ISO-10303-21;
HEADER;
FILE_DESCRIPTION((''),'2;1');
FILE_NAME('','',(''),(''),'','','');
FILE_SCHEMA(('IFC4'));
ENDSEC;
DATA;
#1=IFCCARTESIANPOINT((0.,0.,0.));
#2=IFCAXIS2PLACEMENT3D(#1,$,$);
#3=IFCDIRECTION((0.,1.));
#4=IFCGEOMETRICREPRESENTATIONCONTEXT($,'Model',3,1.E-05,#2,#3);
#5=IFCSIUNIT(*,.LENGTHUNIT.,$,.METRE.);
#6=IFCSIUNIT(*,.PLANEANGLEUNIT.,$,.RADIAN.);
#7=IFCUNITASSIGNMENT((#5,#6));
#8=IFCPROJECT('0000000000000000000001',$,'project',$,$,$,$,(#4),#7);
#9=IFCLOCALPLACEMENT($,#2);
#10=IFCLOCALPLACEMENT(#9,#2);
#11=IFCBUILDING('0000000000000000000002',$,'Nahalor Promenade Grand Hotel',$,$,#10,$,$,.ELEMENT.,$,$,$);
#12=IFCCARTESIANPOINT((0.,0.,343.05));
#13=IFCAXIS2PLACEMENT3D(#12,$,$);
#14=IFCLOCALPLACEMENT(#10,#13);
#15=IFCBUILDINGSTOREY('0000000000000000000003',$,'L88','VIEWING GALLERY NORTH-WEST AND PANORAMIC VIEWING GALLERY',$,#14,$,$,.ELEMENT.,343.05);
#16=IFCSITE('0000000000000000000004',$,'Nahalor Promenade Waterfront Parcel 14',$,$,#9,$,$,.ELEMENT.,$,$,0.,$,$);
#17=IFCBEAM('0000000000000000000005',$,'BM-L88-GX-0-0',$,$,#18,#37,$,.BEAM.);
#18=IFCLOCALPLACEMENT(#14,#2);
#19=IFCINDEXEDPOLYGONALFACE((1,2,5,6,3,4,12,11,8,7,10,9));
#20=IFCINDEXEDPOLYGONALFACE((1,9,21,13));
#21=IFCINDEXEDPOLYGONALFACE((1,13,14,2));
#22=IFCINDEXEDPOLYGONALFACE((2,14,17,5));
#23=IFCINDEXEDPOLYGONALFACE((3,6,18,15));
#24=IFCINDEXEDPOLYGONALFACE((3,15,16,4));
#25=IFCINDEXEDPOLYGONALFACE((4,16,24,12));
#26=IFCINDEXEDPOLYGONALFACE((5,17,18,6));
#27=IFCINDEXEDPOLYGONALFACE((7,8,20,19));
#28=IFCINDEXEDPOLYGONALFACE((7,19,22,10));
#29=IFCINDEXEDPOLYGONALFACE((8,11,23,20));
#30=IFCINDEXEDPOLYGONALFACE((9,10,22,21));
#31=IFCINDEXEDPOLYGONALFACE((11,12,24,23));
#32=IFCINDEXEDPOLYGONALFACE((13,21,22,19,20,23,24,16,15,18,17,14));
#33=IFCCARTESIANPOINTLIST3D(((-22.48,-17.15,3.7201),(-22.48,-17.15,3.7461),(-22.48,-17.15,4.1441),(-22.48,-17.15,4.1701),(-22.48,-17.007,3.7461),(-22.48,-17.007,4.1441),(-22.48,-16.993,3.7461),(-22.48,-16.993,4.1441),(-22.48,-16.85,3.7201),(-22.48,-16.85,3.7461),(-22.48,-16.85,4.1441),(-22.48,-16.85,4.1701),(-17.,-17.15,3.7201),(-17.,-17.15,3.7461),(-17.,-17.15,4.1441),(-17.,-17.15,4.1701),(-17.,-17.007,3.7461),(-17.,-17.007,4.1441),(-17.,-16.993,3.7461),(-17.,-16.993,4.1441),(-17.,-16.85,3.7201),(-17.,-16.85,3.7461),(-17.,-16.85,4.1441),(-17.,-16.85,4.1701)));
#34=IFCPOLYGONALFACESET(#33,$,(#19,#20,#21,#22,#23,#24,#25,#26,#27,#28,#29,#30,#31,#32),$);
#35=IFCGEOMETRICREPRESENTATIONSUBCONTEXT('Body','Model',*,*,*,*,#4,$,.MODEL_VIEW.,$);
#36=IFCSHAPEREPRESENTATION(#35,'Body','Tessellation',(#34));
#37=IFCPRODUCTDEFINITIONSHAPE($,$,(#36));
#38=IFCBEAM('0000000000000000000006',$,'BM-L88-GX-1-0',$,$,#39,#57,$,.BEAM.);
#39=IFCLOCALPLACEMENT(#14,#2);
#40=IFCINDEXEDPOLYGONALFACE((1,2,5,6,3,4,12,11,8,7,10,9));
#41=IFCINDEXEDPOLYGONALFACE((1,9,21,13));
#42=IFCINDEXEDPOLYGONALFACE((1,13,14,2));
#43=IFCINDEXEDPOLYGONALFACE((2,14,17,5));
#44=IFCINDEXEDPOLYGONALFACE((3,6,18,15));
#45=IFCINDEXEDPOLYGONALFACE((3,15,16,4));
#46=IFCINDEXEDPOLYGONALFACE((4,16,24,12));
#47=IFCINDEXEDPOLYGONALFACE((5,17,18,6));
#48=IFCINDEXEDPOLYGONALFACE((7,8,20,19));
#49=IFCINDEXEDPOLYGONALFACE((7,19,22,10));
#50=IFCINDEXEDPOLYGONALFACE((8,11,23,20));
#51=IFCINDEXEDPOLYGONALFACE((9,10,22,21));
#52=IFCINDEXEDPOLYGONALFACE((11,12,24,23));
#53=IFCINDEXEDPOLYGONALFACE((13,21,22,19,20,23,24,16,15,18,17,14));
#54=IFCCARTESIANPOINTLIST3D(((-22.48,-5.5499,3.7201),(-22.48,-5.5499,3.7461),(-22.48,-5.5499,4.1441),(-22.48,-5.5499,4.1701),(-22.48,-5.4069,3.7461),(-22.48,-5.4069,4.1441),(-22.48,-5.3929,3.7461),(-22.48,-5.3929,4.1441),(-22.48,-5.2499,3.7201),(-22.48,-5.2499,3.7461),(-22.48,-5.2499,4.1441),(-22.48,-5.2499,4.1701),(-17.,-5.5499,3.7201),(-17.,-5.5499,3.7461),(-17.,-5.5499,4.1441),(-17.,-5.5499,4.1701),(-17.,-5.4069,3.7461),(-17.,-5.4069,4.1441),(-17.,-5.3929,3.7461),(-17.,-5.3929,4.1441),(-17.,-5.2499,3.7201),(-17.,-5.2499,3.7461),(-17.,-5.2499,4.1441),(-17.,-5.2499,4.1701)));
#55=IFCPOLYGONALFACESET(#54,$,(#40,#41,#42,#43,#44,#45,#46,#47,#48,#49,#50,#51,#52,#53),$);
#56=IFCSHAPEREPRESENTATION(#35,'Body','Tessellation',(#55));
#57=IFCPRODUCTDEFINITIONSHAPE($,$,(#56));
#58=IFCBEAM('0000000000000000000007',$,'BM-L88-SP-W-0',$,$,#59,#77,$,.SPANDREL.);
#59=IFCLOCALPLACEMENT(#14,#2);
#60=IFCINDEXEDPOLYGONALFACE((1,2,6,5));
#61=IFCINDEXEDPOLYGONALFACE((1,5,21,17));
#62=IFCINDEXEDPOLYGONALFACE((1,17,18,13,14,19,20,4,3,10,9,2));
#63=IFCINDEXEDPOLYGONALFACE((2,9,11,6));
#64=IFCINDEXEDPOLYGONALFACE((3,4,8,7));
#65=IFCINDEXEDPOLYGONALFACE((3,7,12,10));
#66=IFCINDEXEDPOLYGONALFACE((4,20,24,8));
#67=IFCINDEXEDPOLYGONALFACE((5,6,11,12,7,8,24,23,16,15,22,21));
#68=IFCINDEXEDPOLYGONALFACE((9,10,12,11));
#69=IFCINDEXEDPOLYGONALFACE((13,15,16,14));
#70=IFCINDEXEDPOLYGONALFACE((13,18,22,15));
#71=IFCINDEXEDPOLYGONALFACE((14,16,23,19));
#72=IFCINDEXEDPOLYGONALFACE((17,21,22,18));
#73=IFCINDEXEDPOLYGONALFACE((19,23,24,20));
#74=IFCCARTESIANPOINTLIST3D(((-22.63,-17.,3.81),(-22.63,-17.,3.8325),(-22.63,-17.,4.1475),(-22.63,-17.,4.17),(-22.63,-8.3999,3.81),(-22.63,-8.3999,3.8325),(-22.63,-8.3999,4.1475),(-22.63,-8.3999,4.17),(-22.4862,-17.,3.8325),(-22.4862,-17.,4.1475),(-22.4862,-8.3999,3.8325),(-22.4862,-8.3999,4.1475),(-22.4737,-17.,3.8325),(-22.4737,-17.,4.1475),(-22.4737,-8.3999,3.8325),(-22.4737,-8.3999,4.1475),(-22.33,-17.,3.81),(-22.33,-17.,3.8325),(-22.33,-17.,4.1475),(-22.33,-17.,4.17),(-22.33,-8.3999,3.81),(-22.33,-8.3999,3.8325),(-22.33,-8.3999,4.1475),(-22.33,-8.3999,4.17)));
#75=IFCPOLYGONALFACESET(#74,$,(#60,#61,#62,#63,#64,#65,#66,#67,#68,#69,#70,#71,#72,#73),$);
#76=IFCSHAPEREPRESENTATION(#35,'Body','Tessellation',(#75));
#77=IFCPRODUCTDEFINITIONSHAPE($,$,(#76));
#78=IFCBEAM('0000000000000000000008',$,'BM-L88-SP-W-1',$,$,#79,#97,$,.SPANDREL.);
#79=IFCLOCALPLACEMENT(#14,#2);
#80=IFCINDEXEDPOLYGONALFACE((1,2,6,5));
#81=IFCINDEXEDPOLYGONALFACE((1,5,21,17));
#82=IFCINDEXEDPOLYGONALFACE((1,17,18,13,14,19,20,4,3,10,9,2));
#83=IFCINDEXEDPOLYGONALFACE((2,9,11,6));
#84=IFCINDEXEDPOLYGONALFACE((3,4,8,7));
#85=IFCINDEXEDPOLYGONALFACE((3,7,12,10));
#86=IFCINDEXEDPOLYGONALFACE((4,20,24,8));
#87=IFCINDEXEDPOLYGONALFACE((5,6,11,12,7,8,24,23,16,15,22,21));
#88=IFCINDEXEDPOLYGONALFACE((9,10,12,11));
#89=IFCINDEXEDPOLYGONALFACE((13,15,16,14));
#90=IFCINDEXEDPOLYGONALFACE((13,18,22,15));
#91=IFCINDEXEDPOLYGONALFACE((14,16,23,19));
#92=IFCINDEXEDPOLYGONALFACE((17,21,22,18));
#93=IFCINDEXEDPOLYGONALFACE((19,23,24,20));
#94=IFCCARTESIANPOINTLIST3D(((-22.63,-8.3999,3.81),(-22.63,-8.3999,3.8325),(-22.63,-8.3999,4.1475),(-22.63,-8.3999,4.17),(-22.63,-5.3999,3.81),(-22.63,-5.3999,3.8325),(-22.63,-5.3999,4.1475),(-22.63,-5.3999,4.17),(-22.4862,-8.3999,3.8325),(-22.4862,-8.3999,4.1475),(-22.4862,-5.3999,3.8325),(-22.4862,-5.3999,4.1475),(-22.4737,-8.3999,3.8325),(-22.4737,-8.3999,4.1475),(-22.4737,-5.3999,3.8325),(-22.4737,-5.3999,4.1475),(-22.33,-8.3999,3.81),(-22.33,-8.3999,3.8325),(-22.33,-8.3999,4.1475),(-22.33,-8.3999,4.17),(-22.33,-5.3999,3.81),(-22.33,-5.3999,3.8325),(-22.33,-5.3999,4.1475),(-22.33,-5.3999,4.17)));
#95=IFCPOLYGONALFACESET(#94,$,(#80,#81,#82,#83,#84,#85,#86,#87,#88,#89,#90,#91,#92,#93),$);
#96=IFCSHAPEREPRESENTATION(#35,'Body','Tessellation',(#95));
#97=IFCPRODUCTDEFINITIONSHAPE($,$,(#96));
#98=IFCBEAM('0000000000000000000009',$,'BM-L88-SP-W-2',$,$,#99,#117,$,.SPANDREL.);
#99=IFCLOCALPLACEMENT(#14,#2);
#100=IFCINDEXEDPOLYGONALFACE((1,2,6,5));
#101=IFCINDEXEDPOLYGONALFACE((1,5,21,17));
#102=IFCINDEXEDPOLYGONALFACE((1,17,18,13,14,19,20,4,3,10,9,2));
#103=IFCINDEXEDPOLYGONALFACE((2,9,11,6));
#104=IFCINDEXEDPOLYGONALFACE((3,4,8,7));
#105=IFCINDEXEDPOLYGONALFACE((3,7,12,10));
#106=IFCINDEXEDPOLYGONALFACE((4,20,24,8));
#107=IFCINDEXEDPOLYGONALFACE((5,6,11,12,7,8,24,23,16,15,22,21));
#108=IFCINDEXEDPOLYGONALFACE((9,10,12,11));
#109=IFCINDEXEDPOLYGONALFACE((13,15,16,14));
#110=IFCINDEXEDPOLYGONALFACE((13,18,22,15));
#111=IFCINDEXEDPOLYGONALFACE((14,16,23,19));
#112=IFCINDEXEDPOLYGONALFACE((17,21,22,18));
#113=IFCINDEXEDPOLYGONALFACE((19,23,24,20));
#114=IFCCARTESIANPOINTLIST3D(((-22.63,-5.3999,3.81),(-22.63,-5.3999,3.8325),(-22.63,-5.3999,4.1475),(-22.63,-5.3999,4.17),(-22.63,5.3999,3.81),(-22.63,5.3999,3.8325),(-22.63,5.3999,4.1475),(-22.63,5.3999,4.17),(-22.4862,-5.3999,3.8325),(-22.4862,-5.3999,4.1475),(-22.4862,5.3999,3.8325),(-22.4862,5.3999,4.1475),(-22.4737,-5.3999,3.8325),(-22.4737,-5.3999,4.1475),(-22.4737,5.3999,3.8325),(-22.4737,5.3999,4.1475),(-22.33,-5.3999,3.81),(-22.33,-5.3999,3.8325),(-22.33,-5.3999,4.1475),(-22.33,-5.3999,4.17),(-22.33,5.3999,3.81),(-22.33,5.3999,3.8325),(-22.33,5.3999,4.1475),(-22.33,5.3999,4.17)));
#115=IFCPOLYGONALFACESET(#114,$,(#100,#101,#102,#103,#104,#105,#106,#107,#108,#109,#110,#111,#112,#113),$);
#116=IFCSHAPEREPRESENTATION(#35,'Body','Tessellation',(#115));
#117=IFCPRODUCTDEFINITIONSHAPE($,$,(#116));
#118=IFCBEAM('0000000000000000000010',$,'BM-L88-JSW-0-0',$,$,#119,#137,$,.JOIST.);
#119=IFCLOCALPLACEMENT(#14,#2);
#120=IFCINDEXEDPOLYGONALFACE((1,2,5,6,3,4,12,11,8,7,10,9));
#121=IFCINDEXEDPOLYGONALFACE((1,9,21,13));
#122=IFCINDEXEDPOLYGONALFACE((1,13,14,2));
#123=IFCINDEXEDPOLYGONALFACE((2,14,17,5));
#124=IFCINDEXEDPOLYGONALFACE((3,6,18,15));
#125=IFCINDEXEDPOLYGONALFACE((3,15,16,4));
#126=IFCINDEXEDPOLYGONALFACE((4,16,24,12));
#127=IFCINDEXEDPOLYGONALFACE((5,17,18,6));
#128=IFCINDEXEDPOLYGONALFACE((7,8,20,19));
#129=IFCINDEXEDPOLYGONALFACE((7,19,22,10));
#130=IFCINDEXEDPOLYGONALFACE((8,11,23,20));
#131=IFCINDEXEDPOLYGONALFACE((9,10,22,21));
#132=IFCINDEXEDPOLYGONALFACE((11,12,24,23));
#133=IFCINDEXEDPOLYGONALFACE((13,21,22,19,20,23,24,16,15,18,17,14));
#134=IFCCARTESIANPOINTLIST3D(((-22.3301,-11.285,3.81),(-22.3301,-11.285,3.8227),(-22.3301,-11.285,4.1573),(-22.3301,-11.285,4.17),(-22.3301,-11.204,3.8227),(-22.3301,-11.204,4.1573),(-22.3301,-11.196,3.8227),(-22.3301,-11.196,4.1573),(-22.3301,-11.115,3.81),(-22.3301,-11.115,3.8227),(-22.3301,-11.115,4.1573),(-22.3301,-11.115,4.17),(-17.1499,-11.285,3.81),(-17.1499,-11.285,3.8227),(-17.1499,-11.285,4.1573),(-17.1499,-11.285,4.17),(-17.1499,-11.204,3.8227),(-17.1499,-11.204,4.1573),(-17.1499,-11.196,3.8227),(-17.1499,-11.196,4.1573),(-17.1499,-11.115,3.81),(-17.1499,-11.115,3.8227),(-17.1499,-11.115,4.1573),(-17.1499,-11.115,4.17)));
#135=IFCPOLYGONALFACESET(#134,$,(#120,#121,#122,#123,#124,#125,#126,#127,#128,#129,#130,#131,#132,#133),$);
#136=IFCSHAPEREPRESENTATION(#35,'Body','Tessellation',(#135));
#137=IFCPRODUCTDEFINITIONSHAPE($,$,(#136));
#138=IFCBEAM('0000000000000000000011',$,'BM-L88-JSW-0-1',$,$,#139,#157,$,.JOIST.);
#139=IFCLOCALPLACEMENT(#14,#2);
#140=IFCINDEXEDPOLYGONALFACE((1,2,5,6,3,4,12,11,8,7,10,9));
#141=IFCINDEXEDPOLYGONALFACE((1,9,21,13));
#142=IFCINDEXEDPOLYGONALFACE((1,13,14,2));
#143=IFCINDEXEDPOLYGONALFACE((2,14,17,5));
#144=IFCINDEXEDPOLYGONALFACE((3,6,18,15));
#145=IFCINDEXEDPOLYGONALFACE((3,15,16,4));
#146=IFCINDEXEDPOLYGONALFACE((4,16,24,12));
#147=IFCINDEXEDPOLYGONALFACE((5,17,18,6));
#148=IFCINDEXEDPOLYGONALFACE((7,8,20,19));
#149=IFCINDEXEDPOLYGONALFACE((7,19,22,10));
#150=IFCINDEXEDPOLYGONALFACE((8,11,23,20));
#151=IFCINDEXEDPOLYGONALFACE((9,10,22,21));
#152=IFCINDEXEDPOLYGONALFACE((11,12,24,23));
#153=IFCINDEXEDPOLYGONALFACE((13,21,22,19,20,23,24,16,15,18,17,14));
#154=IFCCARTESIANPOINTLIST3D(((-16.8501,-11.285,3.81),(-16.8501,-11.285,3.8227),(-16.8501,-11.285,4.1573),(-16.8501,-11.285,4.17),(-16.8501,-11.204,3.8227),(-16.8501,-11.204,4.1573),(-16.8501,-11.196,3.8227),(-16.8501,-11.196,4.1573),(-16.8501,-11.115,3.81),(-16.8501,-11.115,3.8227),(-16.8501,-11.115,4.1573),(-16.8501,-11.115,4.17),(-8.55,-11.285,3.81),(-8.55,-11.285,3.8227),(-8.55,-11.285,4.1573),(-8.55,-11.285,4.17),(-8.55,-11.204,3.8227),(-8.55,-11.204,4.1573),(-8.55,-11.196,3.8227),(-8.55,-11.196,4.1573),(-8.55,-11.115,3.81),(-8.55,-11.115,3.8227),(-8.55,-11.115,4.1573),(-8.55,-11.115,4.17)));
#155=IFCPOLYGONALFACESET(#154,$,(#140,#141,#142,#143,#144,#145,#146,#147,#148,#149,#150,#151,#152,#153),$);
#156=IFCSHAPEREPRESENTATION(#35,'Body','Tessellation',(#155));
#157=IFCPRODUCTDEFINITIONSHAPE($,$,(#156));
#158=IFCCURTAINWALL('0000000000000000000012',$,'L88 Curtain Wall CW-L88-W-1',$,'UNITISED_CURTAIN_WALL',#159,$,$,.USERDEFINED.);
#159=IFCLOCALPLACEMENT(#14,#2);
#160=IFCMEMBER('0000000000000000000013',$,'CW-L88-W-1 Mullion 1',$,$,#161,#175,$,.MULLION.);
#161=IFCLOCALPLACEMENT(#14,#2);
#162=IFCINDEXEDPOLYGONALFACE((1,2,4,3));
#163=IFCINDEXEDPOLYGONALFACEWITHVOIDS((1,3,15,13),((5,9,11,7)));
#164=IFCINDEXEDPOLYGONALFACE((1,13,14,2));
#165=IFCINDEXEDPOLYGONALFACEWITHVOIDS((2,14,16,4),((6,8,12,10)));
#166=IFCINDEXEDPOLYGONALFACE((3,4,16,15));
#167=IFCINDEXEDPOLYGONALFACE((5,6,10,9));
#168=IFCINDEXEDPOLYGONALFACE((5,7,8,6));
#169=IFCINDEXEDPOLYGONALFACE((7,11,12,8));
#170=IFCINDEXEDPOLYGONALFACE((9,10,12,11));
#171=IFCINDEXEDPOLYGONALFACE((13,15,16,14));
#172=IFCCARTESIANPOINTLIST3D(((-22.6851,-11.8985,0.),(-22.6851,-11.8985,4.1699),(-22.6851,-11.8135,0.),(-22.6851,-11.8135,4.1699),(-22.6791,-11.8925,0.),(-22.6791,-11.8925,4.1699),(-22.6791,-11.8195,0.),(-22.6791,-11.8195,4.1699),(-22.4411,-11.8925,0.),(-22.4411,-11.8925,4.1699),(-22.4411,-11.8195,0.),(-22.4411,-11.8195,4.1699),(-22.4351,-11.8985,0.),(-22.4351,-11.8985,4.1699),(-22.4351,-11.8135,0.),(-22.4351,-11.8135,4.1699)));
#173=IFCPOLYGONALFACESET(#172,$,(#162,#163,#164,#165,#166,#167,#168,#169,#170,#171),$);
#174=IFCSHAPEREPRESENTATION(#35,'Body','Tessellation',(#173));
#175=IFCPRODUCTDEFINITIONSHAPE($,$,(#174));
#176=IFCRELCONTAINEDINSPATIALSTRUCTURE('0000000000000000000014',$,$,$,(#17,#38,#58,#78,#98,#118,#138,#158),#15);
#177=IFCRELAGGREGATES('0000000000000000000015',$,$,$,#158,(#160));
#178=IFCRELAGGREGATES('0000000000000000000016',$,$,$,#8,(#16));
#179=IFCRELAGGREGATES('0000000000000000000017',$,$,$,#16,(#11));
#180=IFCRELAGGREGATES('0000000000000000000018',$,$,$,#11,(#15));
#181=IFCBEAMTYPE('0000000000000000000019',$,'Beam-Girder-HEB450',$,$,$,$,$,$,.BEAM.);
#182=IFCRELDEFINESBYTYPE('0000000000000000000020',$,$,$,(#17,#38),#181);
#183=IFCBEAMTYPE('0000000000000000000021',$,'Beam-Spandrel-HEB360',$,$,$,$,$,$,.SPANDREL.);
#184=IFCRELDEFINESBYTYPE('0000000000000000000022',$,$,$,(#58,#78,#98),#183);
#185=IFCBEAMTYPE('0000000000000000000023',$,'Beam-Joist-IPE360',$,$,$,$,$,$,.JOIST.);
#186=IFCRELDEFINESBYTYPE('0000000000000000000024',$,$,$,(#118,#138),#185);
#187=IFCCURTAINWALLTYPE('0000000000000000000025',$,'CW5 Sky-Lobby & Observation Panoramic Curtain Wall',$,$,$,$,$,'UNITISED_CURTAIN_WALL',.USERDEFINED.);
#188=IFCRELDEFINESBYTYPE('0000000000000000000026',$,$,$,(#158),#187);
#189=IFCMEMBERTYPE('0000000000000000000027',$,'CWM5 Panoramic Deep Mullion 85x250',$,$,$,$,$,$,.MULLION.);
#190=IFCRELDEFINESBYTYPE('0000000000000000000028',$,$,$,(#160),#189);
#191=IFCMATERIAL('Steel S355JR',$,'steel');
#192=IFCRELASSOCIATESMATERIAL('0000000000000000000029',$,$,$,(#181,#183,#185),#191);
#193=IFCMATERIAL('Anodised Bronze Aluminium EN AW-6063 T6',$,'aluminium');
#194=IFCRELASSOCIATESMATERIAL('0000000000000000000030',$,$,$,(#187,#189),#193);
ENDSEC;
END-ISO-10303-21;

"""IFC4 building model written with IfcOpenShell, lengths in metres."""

from ifc_helpers import new_model, si_unit, direction, frame, origin, origin_2d, place, context, subcontext, project, spatial, hollow_rectangle, i_section, extrude, source, transform, mapped, material, material_profile, profile_set, type_object, element, aggregate, save


model = new_model("IFC4")

# Units and contexts
model_context = context("Model", 3, precision=1e-05, world=origin(), true_north=direction((0.0, 1.0)))
body_context = subcontext(model_context, "Body", "Model", "MODEL_VIEW")
ifc_project = project(units=[si_unit("LENGTHUNIT", "METRE"), si_unit("PLANEANGLEUNIT", "RADIAN")], contexts=[model_context])

# Site, building, storey
site_placement = place(None, origin())
site = spatial("IfcSite", under=ifc_project, at=site_placement, Name="Nahalor Promenade Waterfront Parcel 14", CompositionType="ELEMENT", RefElevation=0.0)
building_placement = place(site_placement, origin())
building = spatial("IfcBuilding", under=site, at=building_placement, Name="Nahalor Promenade Grand Hotel", CompositionType="ELEMENT")
storey_placement = place(building_placement, frame((0.0, 0.0, 343.05)))
storey = spatial("IfcBuildingStorey", under=building, at=storey_placement, Name="L88", Description="VIEWING GALLERY NORTH-WEST AND PANORAMIC VIEWING GALLERY", CompositionType="ELEMENT", Elevation=343.05)

# Shared definitions
ifc_material_1 = material(Name="Steel S355JR", Category="steel")

# Beams
ifc_material_profile_1 = material_profile(ifc_material_1, i_section(OverallWidth=0.3, OverallDepth=0.45, WebThickness=0.014, FlangeThickness=0.026, at=origin_2d()), Name="HEB 450")
ifc_profile_set_1 = profile_set([ifc_material_profile_1], Name="Steel S355JR")
beam_type_1 = type_object("IfcBeamType", Name="Beam-Girder-HEB450", PredefinedType="BEAM", material=ifc_profile_set_1)
shared_shape_1 = source(origin(), body_context, "Body", "SweptSolid", [
    extrude(i_section(OverallWidth=0.3, OverallDepth=0.45, WebThickness=0.014, FlangeThickness=0.026, at=origin_2d()), origin(), (0.0, 0.0, 1.0), 5.48),
])
for number, where, z_axis, x_axis, name in (
    (1, (-22.48, -17.0, 3.9451), (1.0, 0.0, 0.0), (0.0, 1.0, 0.0), "BM-L88-GX-0-0"),
    (2, (-22.48, -5.3999, 3.9451), (1.0, 0.0, 0.0), (0.0, 1.0, 0.0), "BM-L88-GX-1-0"),
):
    element("IfcBeam", number, at=place(storey_placement, frame(where, z_axis=z_axis, x_axis=x_axis)), inside=storey, type_object=beam_type_1, Name=name, PredefinedType="BEAM", context=body_context, shape_type="MappedRepresentation", body=[
        mapped(shared_shape_1, transform((0.0, 0.0, 0.0), scale=1.0)),
    ])
ifc_material_profile_2 = material_profile(ifc_material_1, i_section(OverallWidth=0.3, OverallDepth=0.36, WebThickness=0.0125, FlangeThickness=0.0225, at=origin_2d()), Name="HEB 360")
ifc_profile_set_2 = profile_set([ifc_material_profile_2], Name="Steel S355JR")
beam_type_2 = type_object("IfcBeamType", Name="Beam-Spandrel-HEB360", PredefinedType="SPANDREL", material=ifc_profile_set_2)
shared_shape_2 = source(origin(), body_context, "Body", "SweptSolid", [
    extrude(i_section(OverallWidth=0.3, OverallDepth=0.36, WebThickness=0.0125, FlangeThickness=0.0225, at=origin_2d()), origin(), (0.0, 0.0, 1.0), 8.6001),
])
beam_1_placement = place(storey_placement, frame((-22.48, -17.0, 3.99), z_axis=(0.0, 1.0, 0.0), x_axis=(-1.0, 0.0, 0.0)))
element("IfcBeam", 3, at=beam_1_placement, inside=storey, type_object=beam_type_2, Name="BM-L88-SP-W-0", PredefinedType="SPANDREL", context=body_context, shape_type="MappedRepresentation", body=[
    mapped(shared_shape_2, transform((0.0, 0.0, 0.0), scale=1.0)),
])
shared_shape_3 = source(origin(), body_context, "Body", "SweptSolid", [
    extrude(i_section(OverallWidth=0.3, OverallDepth=0.36, WebThickness=0.0125, FlangeThickness=0.0225, at=origin_2d()), origin(), (0.0, 0.0, 1.0), 3.0),
])
beam_2_placement = place(storey_placement, frame((-22.48, -8.3999, 3.99), z_axis=(0.0, 1.0, 0.0), x_axis=(-1.0, 0.0, 0.0)))
element("IfcBeam", 4, at=beam_2_placement, inside=storey, type_object=beam_type_2, Name="BM-L88-SP-W-1", PredefinedType="SPANDREL", context=body_context, shape_type="MappedRepresentation", body=[
    mapped(shared_shape_3, transform((0.0, 0.0, 0.0), scale=1.0)),
])
shared_shape_4 = source(origin(), body_context, "Body", "SweptSolid", [
    extrude(i_section(OverallWidth=0.3, OverallDepth=0.36, WebThickness=0.0125, FlangeThickness=0.0225, at=origin_2d()), origin(), (0.0, 0.0, 1.0), 10.7998),
])
beam_3_placement = place(storey_placement, frame((-22.48, -5.3999, 3.99), z_axis=(0.0, 1.0, 0.0), x_axis=(-1.0, 0.0, 0.0)))
element("IfcBeam", 5, at=beam_3_placement, inside=storey, type_object=beam_type_2, Name="BM-L88-SP-W-2", PredefinedType="SPANDREL", context=body_context, shape_type="MappedRepresentation", body=[
    mapped(shared_shape_4, transform((0.0, 0.0, 0.0), scale=1.0)),
])
ifc_material_profile_3 = material_profile(ifc_material_1, i_section(OverallWidth=0.17, OverallDepth=0.36, WebThickness=0.008, FlangeThickness=0.0127, at=origin_2d()), Name="IPE 360")
ifc_profile_set_3 = profile_set([ifc_material_profile_3], Name="Steel S355JR")
beam_type_3 = type_object("IfcBeamType", Name="Beam-Joist-IPE360", PredefinedType="JOIST", material=ifc_profile_set_3)
shared_shape_5 = source(origin(), body_context, "Body", "SweptSolid", [
    extrude(i_section(OverallWidth=0.17, OverallDepth=0.36, WebThickness=0.008, FlangeThickness=0.0127, at=origin_2d()), origin(), (0.0, 0.0, 1.0), 5.1802),
])
beam_4_placement = place(storey_placement, frame((-22.3301, -11.2, 3.99), z_axis=(1.0, 0.0, 0.0), x_axis=(0.0, 1.0, 0.0)))
element("IfcBeam", 6, at=beam_4_placement, inside=storey, type_object=beam_type_3, Name="BM-L88-JSW-0-0", PredefinedType="JOIST", context=body_context, shape_type="MappedRepresentation", body=[
    mapped(shared_shape_5, transform((0.0, 0.0, 0.0), scale=1.0)),
])
shared_shape_6 = source(origin(), body_context, "Body", "SweptSolid", [
    extrude(i_section(OverallWidth=0.17, OverallDepth=0.36, WebThickness=0.008, FlangeThickness=0.0127, at=origin_2d()), origin(), (0.0, 0.0, 1.0), 8.3),
])
beam_5_placement = place(storey_placement, frame((-16.8501, -11.2, 3.99), z_axis=(1.0, 0.0, 0.0), x_axis=(0.0, 1.0, 0.0)))
element("IfcBeam", 7, at=beam_5_placement, inside=storey, type_object=beam_type_3, Name="BM-L88-JSW-0-1", PredefinedType="JOIST", context=body_context, shape_type="MappedRepresentation", body=[
    mapped(shared_shape_6, transform((0.0, 0.0, 0.0), scale=1.0)),
])

# Curtain wall, member
ifc_material_2 = material(Name="Anodised Bronze Aluminium EN AW-6063 T6", Category="aluminium")
curtain_wall_type = type_object("IfcCurtainWallType", Name="CW5 Sky-Lobby & Observation Panoramic Curtain Wall", ElementType="UNITISED_CURTAIN_WALL", PredefinedType="USERDEFINED", material=ifc_material_2)
curtain_wall_placement = place(storey_placement, origin())
curtain_wall = element("IfcCurtainWall", 8, at=curtain_wall_placement, inside=storey, type_object=curtain_wall_type, Name="L88 Curtain Wall CW-L88-W-1", ObjectType="UNITISED_CURTAIN_WALL", PredefinedType="USERDEFINED")
ifc_material_profile_4 = material_profile(ifc_material_2, hollow_rectangle(XDim=0.085, YDim=0.25, WallThickness=0.006, at=origin_2d()), Name="CWM 85x250x6")
ifc_profile_set_4 = profile_set([ifc_material_profile_4], Name="Anodised Bronze Aluminium EN AW-6063 T6")
member_type_1 = type_object("IfcMemberType", Name="CWM5 Panoramic Deep Mullion 85x250", PredefinedType="MULLION", material=ifc_profile_set_4)
shared_shape_7 = source(origin(), body_context, "Body", "SweptSolid", [
    extrude(hollow_rectangle(XDim=0.085, YDim=0.25, WallThickness=0.006, at=origin_2d()), origin(), (0.0, 0.0, 1.0), 4.1699),
])
member_1_placement = place(storey_placement, frame((-22.5601, -11.856, 0.0), z_axis=(0.0, 0.0, 1.0), x_axis=(0.0, 1.0, 0.0)))
member_1 = element("IfcMember", 9, at=member_1_placement, type_object=member_type_1, Name="CW-L88-W-1 Mullion 1", PredefinedType="MULLION", context=body_context, shape_type="MappedRepresentation", body=[
    mapped(shared_shape_7, transform((0.0, 0.0, 0.0), scale=1.0)),
])
aggregate(curtain_wall, [member_1])

save(model, "model.ifc")
